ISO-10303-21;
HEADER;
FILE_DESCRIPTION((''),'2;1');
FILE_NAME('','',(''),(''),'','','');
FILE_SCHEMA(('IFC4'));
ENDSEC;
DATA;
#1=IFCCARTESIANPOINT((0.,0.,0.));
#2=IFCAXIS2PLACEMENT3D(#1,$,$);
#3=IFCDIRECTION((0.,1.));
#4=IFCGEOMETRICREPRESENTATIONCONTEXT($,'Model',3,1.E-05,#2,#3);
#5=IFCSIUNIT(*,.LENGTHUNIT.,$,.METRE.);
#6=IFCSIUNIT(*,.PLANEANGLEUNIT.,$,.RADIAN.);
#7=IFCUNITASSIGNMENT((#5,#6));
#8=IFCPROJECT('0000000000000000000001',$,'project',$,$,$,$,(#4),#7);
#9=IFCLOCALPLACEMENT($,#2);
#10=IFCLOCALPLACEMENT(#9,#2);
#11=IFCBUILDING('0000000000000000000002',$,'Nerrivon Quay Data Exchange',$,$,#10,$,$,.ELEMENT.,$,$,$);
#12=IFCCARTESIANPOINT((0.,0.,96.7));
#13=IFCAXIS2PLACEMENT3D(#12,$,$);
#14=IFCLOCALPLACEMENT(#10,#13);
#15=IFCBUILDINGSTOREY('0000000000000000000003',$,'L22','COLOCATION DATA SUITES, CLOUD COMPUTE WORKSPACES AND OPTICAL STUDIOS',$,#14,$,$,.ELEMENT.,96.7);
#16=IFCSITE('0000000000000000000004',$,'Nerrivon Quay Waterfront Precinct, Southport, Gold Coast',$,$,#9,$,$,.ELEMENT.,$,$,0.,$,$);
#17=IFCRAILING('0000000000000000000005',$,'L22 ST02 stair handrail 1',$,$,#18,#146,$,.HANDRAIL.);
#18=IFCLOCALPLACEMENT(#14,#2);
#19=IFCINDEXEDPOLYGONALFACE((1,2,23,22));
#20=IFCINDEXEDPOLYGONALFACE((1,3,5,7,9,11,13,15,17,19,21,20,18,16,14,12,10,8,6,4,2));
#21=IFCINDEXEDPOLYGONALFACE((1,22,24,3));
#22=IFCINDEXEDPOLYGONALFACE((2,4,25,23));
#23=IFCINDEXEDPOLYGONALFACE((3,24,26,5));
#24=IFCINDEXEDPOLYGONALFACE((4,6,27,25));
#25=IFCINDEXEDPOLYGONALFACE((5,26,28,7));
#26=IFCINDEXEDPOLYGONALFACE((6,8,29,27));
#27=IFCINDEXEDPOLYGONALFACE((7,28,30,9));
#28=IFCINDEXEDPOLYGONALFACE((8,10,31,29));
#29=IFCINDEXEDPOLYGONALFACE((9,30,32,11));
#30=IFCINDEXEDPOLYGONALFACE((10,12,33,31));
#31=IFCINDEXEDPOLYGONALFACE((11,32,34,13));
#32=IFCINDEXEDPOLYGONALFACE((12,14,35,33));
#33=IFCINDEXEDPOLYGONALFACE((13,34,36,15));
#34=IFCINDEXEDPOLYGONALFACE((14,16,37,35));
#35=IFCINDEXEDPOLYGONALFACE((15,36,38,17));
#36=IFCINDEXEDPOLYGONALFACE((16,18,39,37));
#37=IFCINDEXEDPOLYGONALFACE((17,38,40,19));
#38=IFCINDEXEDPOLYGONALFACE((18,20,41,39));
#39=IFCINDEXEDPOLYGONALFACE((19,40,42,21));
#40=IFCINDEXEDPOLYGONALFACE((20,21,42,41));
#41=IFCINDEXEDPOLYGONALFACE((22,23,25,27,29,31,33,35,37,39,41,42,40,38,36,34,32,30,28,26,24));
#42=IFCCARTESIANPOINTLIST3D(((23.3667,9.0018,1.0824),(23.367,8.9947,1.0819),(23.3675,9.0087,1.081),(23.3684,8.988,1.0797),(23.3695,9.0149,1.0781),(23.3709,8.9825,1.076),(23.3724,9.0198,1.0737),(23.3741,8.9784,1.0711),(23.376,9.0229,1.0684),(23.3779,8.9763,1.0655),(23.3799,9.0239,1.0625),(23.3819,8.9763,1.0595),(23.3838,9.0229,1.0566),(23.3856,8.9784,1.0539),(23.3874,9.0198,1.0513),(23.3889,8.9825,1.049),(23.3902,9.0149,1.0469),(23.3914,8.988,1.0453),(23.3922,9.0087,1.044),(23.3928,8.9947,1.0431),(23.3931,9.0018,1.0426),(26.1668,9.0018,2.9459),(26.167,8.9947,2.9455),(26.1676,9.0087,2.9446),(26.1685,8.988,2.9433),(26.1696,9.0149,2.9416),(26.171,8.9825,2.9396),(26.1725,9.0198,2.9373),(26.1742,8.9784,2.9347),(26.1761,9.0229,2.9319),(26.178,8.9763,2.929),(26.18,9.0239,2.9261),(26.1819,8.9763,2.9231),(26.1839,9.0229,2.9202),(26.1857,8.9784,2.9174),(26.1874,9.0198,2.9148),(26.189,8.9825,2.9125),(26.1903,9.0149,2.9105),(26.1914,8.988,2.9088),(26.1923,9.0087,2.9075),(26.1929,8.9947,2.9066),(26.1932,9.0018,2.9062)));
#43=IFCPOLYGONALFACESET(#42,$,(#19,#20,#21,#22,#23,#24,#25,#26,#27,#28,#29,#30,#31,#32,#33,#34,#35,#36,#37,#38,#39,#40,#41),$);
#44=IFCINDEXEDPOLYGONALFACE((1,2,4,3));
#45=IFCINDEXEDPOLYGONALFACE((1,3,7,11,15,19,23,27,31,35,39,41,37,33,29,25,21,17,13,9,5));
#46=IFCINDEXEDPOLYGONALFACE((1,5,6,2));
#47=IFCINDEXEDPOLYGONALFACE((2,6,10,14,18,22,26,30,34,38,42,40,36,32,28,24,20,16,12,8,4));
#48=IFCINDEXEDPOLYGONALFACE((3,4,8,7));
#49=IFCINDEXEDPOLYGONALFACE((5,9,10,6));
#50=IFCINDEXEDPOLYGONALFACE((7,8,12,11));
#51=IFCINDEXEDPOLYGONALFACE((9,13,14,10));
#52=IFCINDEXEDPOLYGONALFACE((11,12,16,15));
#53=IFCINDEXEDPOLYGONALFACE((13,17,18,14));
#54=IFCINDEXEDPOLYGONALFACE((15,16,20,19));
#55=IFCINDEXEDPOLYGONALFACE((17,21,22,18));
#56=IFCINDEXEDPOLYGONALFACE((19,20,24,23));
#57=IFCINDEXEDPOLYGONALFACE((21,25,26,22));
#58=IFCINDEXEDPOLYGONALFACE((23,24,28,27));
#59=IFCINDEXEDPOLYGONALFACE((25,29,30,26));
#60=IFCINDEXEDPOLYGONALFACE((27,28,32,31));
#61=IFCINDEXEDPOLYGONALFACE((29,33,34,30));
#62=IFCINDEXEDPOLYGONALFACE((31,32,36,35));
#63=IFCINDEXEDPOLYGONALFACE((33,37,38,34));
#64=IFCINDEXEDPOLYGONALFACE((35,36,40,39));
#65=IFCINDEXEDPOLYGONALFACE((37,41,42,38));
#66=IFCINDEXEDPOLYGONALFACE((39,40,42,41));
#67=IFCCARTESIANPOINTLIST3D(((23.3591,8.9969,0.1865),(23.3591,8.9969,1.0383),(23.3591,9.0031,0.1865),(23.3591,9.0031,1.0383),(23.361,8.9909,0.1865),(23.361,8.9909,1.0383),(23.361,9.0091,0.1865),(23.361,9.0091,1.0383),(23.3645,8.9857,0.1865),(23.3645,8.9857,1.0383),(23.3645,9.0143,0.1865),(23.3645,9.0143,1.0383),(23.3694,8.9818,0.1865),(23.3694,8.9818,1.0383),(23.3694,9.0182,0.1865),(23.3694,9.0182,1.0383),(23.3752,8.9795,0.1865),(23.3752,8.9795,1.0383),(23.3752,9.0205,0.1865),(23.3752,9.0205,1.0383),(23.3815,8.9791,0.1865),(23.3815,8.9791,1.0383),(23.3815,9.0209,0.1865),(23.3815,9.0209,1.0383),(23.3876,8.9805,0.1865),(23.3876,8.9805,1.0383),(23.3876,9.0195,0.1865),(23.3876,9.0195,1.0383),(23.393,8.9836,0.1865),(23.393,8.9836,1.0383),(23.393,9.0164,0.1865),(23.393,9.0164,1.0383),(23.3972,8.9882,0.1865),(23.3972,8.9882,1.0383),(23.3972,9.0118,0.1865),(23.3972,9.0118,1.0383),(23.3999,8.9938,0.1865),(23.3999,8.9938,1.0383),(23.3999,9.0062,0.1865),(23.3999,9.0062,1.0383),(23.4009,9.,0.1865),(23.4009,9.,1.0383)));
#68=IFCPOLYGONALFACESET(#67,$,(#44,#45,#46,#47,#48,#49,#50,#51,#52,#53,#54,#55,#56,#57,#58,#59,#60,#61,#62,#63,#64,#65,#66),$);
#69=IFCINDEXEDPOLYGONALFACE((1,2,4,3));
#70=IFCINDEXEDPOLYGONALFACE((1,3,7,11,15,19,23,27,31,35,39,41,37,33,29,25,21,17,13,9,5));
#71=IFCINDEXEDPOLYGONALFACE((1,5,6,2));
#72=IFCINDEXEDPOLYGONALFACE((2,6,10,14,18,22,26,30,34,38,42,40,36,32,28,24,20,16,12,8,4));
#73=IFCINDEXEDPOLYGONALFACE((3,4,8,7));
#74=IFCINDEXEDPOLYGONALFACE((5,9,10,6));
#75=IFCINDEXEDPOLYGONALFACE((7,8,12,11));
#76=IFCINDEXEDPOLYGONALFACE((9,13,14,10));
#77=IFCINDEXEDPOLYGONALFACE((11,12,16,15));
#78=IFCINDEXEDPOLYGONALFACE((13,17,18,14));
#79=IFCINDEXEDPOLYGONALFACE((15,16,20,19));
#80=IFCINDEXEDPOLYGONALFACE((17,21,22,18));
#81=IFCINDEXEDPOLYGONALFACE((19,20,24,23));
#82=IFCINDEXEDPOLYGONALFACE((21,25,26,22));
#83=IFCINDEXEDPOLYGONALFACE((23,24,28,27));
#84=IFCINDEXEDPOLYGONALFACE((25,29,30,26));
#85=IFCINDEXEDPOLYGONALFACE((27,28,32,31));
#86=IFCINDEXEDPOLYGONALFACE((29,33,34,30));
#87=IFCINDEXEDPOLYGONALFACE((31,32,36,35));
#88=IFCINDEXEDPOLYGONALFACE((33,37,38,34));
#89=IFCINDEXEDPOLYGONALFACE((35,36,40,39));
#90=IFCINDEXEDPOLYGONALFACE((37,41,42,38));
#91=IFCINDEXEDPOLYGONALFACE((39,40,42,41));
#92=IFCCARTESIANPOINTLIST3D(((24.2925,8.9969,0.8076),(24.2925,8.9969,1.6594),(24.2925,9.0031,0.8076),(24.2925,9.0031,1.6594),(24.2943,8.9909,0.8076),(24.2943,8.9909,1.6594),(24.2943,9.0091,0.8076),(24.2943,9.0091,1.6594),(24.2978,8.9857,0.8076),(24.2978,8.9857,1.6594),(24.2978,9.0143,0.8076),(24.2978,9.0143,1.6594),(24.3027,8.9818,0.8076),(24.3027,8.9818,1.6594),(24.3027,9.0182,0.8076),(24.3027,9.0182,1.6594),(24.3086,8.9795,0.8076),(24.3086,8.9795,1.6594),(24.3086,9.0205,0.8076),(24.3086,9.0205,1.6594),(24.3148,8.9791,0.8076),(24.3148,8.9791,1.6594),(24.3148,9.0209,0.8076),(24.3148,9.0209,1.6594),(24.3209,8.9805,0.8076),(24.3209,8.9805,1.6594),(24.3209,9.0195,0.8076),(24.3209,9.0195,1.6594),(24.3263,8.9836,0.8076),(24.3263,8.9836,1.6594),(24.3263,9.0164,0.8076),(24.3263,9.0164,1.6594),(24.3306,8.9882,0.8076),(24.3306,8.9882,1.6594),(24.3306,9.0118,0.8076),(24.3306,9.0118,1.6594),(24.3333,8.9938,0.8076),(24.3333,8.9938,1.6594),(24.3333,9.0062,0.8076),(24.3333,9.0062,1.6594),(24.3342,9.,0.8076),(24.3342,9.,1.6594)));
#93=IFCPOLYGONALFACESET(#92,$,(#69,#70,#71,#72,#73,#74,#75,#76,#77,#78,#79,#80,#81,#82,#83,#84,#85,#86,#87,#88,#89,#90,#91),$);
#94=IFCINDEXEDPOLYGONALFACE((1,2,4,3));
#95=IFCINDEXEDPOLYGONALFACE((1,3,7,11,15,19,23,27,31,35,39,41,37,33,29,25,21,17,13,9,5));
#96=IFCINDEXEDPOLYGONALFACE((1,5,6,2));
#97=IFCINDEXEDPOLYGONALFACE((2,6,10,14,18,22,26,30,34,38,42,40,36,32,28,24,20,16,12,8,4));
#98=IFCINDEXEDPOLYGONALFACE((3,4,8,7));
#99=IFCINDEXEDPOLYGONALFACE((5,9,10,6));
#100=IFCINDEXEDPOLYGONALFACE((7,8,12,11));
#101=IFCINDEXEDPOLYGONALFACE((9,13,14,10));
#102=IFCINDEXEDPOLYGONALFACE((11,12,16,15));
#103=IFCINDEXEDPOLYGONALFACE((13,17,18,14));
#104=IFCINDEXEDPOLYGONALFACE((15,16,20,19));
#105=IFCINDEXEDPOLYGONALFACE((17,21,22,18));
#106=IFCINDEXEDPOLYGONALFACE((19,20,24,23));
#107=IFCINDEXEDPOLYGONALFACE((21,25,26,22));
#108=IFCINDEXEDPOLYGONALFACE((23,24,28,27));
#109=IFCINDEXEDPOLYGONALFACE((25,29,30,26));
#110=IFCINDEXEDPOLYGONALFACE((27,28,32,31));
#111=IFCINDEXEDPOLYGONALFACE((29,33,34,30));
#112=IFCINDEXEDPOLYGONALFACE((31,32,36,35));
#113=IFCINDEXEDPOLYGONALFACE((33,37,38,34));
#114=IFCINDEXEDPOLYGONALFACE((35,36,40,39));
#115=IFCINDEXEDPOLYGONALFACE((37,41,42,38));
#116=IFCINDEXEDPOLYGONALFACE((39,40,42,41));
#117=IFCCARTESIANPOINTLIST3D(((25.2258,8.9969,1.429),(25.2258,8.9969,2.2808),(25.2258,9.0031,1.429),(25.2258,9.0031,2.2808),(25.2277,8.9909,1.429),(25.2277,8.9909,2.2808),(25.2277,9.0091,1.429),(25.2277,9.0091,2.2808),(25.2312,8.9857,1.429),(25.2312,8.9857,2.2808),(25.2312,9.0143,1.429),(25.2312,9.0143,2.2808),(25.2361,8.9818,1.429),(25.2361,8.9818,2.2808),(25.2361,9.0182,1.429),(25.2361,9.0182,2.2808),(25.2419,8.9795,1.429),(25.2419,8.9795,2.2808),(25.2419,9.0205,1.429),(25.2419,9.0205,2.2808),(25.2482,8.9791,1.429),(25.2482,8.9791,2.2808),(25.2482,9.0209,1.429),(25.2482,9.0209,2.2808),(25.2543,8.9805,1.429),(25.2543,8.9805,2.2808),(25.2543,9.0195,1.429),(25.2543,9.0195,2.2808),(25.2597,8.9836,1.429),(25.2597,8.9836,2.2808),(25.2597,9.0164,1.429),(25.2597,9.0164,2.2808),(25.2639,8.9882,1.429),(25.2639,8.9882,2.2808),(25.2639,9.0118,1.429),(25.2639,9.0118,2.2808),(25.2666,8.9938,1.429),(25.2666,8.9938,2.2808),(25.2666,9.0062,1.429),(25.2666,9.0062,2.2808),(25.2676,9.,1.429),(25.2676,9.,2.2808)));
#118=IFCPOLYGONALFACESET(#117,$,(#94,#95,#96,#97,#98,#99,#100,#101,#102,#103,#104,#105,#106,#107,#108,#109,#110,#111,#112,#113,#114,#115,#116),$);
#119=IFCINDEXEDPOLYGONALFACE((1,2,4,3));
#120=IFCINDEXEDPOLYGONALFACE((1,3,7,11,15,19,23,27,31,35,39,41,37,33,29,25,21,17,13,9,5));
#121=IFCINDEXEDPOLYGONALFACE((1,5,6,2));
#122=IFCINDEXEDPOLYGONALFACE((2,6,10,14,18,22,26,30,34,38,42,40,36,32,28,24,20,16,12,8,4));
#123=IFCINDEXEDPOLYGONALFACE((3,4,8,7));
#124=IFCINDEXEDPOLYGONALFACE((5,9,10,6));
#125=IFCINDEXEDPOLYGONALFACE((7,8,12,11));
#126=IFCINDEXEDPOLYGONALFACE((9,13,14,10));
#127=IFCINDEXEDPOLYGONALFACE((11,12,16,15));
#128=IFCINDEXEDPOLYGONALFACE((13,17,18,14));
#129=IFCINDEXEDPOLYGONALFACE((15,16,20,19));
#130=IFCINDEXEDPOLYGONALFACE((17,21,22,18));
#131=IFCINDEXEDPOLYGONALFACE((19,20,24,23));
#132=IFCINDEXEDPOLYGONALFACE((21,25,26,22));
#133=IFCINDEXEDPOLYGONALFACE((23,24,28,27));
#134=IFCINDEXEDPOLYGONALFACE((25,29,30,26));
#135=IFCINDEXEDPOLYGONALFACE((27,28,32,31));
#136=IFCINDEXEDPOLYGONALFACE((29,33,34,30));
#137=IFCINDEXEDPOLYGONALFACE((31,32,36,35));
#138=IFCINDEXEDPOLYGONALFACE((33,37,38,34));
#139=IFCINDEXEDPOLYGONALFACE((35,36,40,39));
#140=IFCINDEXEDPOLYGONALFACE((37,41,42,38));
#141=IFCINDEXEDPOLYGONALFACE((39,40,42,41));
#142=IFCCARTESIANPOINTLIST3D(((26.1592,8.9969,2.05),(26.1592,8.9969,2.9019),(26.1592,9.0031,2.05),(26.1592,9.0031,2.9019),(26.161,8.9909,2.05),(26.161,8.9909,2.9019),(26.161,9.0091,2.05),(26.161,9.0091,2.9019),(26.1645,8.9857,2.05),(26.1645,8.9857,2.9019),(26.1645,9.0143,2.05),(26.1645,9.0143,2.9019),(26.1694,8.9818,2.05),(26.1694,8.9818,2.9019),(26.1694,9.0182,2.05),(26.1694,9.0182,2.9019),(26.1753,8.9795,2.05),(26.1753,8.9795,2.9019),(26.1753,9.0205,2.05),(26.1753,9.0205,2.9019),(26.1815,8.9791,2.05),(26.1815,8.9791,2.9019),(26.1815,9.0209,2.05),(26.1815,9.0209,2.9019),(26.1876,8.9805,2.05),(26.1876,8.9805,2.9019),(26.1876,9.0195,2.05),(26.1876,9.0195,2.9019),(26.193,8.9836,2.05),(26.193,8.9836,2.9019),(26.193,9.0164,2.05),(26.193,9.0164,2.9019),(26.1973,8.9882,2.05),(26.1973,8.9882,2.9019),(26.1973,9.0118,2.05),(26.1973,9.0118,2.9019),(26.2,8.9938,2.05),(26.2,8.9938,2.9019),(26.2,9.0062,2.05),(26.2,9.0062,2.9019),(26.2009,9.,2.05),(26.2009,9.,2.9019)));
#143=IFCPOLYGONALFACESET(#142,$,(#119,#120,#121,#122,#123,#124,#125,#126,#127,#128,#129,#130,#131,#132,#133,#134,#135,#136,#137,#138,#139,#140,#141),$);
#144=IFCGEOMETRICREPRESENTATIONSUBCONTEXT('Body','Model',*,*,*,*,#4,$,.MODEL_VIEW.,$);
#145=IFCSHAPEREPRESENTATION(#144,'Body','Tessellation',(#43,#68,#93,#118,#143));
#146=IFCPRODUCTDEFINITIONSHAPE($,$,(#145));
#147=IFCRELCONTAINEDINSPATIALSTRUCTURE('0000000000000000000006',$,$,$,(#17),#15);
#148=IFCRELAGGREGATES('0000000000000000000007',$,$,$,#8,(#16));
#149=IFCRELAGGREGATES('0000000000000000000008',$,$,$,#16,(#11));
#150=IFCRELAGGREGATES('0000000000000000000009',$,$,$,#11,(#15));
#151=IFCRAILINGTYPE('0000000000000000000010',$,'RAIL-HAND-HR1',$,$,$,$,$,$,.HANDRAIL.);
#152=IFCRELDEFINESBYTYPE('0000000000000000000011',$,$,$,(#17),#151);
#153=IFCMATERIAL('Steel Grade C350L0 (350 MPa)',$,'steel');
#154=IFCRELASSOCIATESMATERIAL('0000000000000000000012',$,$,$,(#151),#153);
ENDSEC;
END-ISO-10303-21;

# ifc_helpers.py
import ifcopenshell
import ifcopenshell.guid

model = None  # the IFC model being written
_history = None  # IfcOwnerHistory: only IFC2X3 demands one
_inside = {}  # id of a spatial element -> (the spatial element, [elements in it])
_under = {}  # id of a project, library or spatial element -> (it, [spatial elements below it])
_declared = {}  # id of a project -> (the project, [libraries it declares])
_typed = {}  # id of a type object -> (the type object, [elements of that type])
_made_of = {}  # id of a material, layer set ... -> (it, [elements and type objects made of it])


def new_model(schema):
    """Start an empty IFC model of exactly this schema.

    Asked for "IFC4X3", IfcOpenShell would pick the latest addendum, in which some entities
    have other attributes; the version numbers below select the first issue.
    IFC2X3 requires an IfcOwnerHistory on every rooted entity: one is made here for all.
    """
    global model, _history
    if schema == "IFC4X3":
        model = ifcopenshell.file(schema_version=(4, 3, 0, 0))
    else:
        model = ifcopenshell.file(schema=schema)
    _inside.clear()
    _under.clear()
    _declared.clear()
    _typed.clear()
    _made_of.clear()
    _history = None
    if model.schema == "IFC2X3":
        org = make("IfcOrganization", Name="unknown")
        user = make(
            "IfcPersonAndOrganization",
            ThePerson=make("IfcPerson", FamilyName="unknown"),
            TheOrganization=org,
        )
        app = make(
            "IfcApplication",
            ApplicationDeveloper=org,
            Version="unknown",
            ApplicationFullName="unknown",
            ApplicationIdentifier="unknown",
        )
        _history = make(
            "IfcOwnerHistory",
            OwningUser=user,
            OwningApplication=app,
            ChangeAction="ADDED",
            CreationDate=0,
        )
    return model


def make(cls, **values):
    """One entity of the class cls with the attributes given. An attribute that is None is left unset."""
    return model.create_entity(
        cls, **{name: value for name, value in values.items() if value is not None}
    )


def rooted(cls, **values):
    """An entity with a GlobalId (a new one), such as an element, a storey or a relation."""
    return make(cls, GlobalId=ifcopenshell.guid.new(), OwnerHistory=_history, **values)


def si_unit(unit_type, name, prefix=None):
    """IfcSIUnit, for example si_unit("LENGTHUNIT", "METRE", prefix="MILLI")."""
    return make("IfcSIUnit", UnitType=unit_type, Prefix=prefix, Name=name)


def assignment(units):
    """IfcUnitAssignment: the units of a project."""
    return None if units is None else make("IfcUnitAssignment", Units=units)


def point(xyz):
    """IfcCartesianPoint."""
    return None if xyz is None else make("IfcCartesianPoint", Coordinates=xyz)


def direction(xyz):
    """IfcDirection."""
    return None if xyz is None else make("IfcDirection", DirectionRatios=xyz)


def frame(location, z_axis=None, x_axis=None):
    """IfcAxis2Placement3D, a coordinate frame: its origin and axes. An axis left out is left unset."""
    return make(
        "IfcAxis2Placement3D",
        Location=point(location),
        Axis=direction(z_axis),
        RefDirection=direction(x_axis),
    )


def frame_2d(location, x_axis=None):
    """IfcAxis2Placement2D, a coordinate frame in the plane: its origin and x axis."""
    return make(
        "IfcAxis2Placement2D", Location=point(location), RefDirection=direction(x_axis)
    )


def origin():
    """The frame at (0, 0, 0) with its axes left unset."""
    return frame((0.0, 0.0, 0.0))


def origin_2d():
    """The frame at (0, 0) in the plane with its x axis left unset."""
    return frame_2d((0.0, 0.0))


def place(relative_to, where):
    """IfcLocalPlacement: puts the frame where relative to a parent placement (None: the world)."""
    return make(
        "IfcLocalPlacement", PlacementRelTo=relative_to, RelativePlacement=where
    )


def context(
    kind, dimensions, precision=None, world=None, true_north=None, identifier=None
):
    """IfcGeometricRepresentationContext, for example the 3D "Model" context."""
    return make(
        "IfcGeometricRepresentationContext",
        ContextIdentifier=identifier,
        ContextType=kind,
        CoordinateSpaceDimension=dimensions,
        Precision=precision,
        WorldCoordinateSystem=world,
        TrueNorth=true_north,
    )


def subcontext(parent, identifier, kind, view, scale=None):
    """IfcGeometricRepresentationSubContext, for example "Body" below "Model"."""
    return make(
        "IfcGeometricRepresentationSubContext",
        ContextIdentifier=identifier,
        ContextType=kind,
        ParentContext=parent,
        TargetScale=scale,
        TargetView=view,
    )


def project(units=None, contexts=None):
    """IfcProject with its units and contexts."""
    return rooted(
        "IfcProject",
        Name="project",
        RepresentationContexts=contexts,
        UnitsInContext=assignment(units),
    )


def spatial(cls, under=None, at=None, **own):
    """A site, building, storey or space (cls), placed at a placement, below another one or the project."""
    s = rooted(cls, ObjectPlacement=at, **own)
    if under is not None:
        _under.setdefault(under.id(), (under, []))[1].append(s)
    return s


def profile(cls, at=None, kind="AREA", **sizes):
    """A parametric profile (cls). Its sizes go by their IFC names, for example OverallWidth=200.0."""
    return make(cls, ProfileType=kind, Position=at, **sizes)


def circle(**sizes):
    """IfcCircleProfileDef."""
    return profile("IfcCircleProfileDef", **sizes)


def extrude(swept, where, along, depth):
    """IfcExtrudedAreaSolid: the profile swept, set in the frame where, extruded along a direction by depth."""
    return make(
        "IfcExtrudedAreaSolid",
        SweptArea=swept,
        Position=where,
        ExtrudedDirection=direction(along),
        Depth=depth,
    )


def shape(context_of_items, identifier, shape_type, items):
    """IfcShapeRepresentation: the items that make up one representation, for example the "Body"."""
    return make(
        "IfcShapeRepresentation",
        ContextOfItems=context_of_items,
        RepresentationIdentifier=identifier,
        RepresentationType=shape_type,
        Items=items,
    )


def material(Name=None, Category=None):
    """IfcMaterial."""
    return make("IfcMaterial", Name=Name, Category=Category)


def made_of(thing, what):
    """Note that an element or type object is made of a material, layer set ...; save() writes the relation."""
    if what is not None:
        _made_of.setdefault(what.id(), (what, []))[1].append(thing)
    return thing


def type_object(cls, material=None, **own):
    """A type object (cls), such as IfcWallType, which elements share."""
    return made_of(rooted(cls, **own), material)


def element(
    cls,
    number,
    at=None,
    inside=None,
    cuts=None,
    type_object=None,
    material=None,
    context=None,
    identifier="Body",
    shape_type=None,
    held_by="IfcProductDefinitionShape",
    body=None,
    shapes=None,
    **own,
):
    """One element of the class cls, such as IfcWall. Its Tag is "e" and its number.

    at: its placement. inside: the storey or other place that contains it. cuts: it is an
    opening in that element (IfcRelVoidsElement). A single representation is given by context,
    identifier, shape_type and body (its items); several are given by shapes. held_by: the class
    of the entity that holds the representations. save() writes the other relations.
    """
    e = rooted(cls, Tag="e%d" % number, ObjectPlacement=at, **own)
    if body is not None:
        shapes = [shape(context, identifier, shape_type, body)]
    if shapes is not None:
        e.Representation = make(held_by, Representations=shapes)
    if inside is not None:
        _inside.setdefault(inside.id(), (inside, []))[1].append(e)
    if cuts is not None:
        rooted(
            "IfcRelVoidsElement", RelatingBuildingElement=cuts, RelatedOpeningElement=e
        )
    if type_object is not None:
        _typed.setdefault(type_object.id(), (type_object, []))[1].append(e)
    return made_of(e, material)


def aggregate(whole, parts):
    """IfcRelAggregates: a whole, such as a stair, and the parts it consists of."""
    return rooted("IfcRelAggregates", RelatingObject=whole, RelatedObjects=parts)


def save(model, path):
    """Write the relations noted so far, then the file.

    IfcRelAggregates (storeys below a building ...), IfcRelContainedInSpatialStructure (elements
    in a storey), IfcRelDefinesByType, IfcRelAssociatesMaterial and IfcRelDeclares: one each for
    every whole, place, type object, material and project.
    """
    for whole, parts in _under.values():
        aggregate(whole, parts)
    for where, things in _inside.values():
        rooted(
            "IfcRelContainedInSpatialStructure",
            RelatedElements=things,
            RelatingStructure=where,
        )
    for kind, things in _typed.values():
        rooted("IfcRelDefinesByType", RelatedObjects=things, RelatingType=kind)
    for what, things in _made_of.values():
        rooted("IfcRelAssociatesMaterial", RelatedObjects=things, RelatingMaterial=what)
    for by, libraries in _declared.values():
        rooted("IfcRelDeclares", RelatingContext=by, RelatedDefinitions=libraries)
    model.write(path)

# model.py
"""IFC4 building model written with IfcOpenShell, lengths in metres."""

from ifc_helpers import new_model, si_unit, direction, frame, origin, origin_2d, place, context, subcontext, project, spatial, circle, extrude, material, type_object, element, save


model = new_model("IFC4")

# Units and contexts
model_context = context("Model", 3, precision=1e-05, world=origin(), true_north=direction((0.0, 1.0)))
body_context = subcontext(model_context, "Body", "Model", "MODEL_VIEW")
ifc_project = project(units=[si_unit("LENGTHUNIT", "METRE"), si_unit("PLANEANGLEUNIT", "RADIAN")], contexts=[model_context])

# Site, building, storey
site_placement = place(None, origin())
site = spatial("IfcSite", under=ifc_project, at=site_placement, Name="Nerrivon Quay Waterfront Precinct, Southport, Gold Coast", CompositionType="ELEMENT", RefElevation=0.0)
building_placement = place(site_placement, origin())
building = spatial("IfcBuilding", under=site, at=building_placement, Name="Nerrivon Quay Data Exchange", CompositionType="ELEMENT")
storey_placement = place(building_placement, frame((0.0, 0.0, 96.7)))
storey = spatial("IfcBuildingStorey", under=building, at=storey_placement, Name="L22", Description="COLOCATION DATA SUITES, CLOUD COMPUTE WORKSPACES AND OPTICAL STUDIOS", CompositionType="ELEMENT", Elevation=96.7)

# Railing
ifc_material_1 = material(Name="Steel Grade C350L0 (350 MPa)", Category="steel")
railing_type_1 = type_object("IfcRailingType", Name="RAIL-HAND-HR1", PredefinedType="HANDRAIL", material=ifc_material_1)
railing_1_placement = place(storey_placement, frame((23.3799, 9.0, 0.1865)))
element("IfcRailing", 1, at=railing_1_placement, inside=storey, type_object=railing_type_1, Name="L22 ST02 stair handrail 1", PredefinedType="HANDRAIL", context=body_context, shape_type="SweptSolid", body=[
    extrude(circle(Radius=0.0239, at=origin_2d()), frame((0.0, 0.0, 0.876), z_axis=(0.832486, 0.0, 0.554047), x_axis=(0.0, 1.0, 0.0)), (0.0, 0.0, 1.0), 3.3635),
    extrude(circle(Radius=0.021, at=origin_2d()), origin(), (0.0, 0.0, 1.0), 0.8518),
    extrude(circle(Radius=0.021, at=origin_2d()), frame((0.9333, 0.0, 0.6211)), (0.0, 0.0, 1.0), 0.8518),
    extrude(circle(Radius=0.021, at=origin_2d()), frame((1.8667, 0.0, 1.2424)), (0.0, 0.0, 1.0), 0.8518),
    extrude(circle(Radius=0.021, at=origin_2d()), frame((2.8, 0.0, 1.8635)), (0.0, 0.0, 1.0), 0.8518),
])

save(model, "model.ifc")
